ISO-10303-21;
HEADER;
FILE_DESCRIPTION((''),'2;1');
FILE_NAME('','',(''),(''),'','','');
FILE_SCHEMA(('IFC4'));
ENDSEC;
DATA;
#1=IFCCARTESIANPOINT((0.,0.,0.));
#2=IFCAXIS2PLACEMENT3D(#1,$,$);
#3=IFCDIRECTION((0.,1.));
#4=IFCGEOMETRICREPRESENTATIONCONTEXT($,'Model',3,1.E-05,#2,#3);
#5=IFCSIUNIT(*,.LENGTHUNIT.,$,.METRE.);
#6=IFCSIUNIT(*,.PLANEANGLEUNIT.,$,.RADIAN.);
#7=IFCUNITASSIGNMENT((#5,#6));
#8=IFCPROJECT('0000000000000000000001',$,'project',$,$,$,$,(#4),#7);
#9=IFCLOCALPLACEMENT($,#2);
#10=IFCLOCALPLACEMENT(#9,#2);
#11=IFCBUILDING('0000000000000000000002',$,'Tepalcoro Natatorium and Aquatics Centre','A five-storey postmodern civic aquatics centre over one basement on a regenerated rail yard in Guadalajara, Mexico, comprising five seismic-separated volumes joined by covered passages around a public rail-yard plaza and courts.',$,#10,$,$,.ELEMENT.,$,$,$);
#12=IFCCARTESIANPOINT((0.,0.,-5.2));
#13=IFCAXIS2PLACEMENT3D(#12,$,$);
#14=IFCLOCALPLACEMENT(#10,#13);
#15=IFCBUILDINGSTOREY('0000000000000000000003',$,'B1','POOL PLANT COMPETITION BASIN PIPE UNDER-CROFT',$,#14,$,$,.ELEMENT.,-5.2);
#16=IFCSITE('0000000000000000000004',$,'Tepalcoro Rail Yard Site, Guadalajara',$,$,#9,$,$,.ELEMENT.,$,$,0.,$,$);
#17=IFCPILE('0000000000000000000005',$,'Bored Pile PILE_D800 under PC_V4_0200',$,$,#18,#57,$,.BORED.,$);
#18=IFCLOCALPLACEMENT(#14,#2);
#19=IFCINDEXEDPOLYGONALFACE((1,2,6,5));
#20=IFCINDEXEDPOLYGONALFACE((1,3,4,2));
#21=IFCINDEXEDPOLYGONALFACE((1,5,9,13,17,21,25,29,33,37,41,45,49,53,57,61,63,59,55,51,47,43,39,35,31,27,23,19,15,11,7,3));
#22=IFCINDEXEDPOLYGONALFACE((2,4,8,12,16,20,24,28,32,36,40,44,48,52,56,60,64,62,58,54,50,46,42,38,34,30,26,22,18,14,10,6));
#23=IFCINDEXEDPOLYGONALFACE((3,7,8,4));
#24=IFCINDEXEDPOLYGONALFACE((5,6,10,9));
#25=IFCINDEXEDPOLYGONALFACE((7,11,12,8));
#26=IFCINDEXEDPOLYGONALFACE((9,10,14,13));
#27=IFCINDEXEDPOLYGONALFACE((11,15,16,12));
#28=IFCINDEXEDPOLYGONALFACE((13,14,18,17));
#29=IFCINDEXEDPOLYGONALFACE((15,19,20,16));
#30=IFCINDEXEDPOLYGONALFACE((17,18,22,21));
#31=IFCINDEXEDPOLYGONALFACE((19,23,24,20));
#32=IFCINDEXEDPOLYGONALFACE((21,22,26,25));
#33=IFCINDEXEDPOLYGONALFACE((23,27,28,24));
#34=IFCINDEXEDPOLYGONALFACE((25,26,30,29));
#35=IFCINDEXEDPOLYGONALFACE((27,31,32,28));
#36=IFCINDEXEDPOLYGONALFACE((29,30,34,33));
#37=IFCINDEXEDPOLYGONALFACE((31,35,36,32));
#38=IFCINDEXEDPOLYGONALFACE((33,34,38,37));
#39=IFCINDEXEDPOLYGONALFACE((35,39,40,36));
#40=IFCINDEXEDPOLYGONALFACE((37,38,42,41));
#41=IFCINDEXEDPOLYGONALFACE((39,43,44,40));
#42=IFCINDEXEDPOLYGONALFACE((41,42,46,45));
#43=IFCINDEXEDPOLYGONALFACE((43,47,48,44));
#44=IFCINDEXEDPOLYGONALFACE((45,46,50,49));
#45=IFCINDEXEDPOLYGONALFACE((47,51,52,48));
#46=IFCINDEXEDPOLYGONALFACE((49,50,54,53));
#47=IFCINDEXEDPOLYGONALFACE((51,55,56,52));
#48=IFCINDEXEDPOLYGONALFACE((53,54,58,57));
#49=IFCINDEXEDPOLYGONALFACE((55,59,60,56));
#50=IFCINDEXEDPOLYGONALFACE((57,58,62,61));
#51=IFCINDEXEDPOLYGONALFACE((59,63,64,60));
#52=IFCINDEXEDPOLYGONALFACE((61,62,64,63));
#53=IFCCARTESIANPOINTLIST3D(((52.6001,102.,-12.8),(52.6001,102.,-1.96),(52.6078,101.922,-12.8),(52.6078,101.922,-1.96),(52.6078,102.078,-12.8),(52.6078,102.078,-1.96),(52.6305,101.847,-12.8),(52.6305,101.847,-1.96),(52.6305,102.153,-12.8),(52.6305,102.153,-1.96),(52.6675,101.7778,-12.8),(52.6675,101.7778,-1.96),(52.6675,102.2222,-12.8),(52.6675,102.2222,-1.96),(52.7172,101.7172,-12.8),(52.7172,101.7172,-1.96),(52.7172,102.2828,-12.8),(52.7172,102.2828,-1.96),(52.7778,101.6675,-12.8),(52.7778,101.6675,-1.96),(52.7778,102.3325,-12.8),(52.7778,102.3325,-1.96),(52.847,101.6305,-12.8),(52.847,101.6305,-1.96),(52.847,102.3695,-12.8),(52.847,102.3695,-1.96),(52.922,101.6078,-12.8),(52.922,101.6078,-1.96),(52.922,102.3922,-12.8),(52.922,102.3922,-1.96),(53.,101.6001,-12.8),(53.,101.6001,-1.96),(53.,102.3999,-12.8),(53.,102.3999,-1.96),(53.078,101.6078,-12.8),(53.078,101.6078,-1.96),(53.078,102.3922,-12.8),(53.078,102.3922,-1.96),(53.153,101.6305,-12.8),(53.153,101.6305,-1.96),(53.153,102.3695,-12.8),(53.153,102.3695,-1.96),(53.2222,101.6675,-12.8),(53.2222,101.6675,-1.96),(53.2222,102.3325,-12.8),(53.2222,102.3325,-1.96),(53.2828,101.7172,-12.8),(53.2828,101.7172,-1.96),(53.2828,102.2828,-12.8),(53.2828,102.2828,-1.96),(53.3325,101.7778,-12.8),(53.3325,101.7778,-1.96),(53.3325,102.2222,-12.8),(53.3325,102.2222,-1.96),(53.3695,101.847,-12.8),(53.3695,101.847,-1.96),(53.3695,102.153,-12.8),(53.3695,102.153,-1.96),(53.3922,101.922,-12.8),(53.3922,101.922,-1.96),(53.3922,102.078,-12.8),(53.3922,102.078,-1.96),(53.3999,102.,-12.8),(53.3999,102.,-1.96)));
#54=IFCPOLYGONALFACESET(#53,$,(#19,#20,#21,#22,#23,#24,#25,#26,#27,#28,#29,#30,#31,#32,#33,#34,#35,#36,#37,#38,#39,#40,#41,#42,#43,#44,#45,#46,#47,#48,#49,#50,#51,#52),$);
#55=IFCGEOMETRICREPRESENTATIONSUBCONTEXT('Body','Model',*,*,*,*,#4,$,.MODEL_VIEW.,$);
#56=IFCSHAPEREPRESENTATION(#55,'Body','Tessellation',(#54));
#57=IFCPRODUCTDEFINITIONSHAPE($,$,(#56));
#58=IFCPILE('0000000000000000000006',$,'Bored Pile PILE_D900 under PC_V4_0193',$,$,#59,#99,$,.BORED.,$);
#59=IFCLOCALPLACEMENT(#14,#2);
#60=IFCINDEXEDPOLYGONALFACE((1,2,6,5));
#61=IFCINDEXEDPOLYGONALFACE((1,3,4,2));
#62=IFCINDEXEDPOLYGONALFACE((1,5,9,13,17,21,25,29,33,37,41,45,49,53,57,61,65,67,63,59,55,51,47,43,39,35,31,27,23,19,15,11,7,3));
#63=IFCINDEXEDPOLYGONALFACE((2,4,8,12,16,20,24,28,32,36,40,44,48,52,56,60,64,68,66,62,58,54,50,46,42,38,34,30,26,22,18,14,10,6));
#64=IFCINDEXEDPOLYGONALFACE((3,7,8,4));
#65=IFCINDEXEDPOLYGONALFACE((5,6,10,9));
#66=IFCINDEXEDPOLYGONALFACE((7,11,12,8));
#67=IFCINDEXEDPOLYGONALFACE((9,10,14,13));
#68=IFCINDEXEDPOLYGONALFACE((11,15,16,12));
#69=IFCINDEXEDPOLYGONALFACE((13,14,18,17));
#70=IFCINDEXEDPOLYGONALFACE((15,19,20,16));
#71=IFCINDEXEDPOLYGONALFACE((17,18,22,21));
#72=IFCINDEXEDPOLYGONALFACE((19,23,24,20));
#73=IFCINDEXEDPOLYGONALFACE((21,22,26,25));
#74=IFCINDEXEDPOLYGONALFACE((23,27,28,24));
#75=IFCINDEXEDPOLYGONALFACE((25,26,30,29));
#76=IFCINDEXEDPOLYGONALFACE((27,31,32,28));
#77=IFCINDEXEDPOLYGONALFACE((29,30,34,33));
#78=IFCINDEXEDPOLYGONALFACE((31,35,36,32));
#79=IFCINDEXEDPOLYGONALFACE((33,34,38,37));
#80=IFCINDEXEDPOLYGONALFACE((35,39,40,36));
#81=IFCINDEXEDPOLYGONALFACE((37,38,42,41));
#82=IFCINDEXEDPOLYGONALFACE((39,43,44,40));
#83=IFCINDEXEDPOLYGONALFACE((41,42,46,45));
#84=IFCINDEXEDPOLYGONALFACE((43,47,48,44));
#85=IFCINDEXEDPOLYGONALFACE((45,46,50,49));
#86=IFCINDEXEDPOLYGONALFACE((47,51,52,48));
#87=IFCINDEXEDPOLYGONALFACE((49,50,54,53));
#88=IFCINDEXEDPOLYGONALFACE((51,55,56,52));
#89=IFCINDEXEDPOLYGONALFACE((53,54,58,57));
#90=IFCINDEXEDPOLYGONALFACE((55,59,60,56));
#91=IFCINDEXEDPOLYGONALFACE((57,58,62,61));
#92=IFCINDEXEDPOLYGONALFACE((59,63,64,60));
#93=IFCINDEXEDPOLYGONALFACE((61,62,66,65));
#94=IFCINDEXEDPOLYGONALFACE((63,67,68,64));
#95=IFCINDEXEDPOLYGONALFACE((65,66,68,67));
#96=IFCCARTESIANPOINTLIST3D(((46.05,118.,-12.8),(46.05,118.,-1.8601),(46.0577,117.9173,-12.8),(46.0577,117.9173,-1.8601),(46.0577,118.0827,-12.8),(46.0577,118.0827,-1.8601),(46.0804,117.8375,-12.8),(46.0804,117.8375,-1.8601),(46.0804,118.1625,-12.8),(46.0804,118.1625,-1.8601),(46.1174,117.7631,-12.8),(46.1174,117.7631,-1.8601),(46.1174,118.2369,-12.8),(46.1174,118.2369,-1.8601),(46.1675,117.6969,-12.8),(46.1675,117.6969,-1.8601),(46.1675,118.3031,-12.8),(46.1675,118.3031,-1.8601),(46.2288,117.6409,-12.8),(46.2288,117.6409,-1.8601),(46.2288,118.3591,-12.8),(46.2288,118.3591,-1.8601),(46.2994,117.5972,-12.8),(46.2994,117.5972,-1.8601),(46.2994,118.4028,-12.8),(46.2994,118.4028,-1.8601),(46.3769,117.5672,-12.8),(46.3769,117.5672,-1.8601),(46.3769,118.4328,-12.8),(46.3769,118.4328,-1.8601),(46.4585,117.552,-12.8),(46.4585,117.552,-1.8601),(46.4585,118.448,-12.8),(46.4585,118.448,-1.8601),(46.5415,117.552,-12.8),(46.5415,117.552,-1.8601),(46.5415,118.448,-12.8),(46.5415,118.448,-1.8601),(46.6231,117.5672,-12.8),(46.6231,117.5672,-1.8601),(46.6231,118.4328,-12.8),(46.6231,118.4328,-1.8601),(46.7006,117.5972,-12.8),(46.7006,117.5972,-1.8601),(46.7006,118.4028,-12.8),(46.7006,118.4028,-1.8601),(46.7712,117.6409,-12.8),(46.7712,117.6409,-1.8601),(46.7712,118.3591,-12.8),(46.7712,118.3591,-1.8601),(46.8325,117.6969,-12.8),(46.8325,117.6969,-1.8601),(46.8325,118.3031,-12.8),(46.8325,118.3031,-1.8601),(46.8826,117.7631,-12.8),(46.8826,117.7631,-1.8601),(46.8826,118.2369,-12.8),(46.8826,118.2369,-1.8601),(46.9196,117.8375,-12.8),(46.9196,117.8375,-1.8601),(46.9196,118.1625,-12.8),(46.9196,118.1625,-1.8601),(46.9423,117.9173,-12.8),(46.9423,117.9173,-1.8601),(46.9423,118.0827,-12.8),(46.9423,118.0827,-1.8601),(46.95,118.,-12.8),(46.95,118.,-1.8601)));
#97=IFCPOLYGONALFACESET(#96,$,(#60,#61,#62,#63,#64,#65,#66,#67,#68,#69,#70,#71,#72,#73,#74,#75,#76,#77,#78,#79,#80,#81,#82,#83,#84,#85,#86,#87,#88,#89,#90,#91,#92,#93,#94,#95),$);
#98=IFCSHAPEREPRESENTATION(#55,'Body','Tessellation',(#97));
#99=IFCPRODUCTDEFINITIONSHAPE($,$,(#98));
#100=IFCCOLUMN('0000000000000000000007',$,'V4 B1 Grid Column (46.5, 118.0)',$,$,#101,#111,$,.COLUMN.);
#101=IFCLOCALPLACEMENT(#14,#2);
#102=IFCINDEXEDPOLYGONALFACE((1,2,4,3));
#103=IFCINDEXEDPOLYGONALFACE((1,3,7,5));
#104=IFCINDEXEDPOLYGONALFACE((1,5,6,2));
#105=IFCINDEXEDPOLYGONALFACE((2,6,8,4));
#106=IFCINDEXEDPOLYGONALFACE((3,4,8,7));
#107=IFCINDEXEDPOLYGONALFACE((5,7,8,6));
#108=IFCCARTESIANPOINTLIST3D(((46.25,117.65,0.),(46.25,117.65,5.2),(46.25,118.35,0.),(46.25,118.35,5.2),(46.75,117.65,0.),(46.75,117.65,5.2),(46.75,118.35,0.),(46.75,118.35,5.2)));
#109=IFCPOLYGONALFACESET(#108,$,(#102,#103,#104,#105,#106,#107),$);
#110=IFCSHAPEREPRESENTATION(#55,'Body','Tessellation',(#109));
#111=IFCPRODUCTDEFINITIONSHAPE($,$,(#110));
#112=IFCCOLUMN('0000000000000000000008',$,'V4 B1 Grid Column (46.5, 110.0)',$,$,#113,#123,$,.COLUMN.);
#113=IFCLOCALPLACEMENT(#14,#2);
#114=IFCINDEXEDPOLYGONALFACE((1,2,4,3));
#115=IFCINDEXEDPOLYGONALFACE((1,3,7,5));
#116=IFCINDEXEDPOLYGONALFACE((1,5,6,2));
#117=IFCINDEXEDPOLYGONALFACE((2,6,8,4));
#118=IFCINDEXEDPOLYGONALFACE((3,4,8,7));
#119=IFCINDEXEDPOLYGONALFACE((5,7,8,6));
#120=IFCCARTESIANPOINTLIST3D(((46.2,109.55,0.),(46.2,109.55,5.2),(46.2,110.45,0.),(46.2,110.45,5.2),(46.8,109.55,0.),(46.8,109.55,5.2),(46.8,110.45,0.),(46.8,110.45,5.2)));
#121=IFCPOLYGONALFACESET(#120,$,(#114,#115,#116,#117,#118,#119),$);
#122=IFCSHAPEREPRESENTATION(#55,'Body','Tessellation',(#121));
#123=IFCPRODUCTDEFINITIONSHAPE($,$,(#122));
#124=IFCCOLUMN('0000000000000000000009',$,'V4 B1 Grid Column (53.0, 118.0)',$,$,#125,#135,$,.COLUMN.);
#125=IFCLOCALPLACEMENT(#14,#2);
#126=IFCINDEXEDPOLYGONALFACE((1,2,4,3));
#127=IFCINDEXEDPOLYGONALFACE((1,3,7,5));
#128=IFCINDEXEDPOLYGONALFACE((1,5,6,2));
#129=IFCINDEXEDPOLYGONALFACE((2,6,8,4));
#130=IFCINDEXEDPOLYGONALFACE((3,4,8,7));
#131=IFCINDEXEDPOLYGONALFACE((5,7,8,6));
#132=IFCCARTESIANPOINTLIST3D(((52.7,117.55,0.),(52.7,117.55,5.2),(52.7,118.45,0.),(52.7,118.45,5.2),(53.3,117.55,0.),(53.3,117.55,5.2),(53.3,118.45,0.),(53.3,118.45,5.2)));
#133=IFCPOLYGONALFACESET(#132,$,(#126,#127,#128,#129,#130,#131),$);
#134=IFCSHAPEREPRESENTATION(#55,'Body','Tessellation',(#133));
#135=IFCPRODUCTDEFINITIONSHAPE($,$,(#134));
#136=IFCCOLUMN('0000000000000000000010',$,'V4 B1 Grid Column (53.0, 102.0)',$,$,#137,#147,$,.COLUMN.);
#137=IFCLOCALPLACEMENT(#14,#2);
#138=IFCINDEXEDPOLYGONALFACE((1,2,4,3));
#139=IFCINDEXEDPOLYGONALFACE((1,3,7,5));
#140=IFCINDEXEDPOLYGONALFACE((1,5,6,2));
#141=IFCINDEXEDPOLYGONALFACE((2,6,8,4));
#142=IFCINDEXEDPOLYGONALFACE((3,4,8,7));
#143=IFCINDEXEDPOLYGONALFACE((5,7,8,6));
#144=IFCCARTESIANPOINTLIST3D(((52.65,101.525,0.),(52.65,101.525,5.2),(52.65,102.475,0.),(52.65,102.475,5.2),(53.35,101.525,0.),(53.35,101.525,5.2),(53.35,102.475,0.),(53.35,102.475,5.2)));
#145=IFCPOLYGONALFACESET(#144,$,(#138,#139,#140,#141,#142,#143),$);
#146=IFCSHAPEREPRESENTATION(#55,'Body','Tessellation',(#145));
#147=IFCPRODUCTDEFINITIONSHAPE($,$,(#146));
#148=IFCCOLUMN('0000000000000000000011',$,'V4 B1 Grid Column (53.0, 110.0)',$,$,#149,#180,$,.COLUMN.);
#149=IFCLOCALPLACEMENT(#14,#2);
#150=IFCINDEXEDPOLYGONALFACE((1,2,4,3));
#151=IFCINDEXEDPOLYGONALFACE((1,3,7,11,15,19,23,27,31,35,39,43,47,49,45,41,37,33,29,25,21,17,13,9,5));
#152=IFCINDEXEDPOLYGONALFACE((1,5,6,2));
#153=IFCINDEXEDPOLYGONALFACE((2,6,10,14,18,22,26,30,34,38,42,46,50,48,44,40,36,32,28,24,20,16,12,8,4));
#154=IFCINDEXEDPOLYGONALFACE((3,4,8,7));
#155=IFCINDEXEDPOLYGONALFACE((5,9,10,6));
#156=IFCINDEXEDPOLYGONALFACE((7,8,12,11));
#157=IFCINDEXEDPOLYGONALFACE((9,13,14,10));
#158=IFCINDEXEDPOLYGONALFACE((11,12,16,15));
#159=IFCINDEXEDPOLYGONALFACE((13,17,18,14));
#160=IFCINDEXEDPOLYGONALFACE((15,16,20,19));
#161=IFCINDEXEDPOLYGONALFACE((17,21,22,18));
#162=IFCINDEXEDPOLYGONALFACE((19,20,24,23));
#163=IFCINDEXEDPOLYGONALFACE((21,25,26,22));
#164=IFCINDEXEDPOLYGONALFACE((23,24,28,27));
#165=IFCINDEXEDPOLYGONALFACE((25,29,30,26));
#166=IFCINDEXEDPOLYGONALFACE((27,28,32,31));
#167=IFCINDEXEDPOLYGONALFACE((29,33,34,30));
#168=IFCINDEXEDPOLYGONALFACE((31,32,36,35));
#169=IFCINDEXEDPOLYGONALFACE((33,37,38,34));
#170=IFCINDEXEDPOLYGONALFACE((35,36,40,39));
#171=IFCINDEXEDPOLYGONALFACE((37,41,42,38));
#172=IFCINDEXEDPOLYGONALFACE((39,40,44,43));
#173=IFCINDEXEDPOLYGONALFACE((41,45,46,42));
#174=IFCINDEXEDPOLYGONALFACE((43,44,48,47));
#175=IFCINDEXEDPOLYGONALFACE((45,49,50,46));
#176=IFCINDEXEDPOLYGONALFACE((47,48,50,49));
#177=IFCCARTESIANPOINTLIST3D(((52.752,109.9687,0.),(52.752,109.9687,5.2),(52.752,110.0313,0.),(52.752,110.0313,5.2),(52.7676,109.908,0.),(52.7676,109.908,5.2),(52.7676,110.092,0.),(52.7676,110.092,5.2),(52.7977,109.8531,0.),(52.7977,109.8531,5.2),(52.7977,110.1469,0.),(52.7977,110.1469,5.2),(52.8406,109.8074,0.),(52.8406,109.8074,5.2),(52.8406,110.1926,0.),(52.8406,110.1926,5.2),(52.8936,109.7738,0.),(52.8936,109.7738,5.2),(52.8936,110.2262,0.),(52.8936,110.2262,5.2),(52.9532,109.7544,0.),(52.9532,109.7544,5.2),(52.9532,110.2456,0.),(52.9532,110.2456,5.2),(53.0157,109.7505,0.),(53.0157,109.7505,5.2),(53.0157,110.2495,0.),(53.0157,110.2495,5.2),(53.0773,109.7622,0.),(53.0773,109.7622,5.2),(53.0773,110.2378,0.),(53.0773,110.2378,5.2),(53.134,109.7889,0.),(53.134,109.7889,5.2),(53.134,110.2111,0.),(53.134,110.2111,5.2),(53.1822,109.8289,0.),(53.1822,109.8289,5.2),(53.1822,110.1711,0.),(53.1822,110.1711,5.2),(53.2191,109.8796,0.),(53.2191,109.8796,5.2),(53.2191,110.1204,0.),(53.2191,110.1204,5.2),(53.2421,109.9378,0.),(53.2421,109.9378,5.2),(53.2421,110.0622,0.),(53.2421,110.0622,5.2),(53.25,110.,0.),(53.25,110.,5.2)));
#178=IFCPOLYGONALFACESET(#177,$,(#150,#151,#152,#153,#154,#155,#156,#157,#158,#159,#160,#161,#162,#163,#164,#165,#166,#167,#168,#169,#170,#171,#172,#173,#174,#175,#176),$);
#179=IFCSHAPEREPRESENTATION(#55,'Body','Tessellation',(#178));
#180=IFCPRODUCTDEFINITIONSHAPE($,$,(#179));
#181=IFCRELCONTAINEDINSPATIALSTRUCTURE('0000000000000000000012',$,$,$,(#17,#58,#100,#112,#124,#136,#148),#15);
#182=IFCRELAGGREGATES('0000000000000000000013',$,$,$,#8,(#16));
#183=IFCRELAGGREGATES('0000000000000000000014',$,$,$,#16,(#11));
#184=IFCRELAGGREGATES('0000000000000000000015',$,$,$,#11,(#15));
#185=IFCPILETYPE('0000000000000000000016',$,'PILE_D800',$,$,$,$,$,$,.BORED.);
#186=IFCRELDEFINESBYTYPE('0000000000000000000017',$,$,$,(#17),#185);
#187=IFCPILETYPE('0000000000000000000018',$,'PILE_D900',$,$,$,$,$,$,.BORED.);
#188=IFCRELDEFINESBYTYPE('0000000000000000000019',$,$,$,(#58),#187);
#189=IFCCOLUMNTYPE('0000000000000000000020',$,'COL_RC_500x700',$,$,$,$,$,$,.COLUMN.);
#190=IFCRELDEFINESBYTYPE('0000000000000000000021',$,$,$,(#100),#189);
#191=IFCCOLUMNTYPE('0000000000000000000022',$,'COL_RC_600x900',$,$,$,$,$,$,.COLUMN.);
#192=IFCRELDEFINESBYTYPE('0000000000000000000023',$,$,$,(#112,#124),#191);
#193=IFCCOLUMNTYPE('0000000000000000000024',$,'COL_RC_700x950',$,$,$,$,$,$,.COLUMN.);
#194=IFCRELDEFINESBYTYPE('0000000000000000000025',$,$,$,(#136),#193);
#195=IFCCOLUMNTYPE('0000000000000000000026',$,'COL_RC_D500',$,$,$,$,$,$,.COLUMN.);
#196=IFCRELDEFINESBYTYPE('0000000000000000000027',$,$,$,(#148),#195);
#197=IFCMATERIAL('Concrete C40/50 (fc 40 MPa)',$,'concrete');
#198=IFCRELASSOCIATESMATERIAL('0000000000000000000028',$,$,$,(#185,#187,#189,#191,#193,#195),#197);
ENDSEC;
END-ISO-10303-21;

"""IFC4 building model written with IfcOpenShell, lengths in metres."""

from ifc_helpers import new_model, si_unit, direction, frame, origin, origin_2d, place, context, subcontext, project, spatial, rectangle, circle, extrude, material, material_profile, profile_set, type_object, element, save


model = new_model("IFC4")

# Units and contexts
model_context = context("Model", 3, precision=1e-05, world=origin(), true_north=direction((0.0, 1.0)))
body_context = subcontext(model_context, "Body", "Model", "MODEL_VIEW")
ifc_project = project(units=[si_unit("LENGTHUNIT", "METRE"), si_unit("PLANEANGLEUNIT", "RADIAN")], contexts=[model_context])

# Site, building, storey
site_placement = place(None, origin())
site = spatial("IfcSite", under=ifc_project, at=site_placement, Name="Tepalcoro Rail Yard Site, Guadalajara", CompositionType="ELEMENT", RefElevation=0.0)
building_placement = place(site_placement, origin())
building = spatial("IfcBuilding", under=site, at=building_placement, Name="Tepalcoro Natatorium and Aquatics Centre", Description="A five-storey postmodern civic aquatics centre over one basement on a regenerated rail yard in Guadalajara, Mexico, comprising five seismic-separated volumes joined by covered passages around a public rail-yard plaza and courts.", CompositionType="ELEMENT")
storey_placement = place(building_placement, frame((0.0, 0.0, -5.2)))
storey = spatial("IfcBuildingStorey", under=building, at=storey_placement, Name="B1", Description="POOL PLANT COMPETITION BASIN PIPE UNDER-CROFT", CompositionType="ELEMENT", Elevation=-5.2)

# Piles
ifc_material_1 = material(Name="Concrete C40/50 (fc 40 MPa)", Category="concrete")
ifc_material_profile_1 = material_profile(ifc_material_1, circle(Radius=0.3999, at=origin_2d()), Name="PILE_D800")
ifc_profile_set_1 = profile_set([ifc_material_profile_1], Name="Concrete C40/50 (fc 40 MPa)")
pile_type_1 = type_object("IfcPileType", Name="PILE_D800", PredefinedType="BORED", material=ifc_profile_set_1)
pile_1_placement = place(storey_placement, frame((53.0, 102.0, -1.96), z_axis=(0.0, 0.0, -1.0), x_axis=(1.0, 0.0, 0.0)))
element("IfcPile", 1, at=pile_1_placement, inside=storey, type_object=pile_type_1, Name="Bored Pile PILE_D800 under PC_V4_0200", PredefinedType="BORED", context=body_context, shape_type="SweptSolid", body=[
    extrude(circle(Radius=0.3999, at=origin_2d()), origin(), (0.0, 0.0, 1.0), 10.8401),
])
ifc_material_profile_2 = material_profile(ifc_material_1, circle(Radius=0.45, at=origin_2d()), Name="PILE_D900")
ifc_profile_set_2 = profile_set([ifc_material_profile_2], Name="Concrete C40/50 (fc 40 MPa)")
pile_type_2 = type_object("IfcPileType", Name="PILE_D900", PredefinedType="BORED", material=ifc_profile_set_2)
pile_2_placement = place(storey_placement, frame((46.5, 118.0, -1.8601), z_axis=(0.0, 0.0, -1.0), x_axis=(1.0, 0.0, 0.0)))
element("IfcPile", 2, at=pile_2_placement, inside=storey, type_object=pile_type_2, Name="Bored Pile PILE_D900 under PC_V4_0193", PredefinedType="BORED", context=body_context, shape_type="SweptSolid", body=[
    extrude(circle(Radius=0.45, at=origin_2d()), origin(), (0.0, 0.0, 1.0), 10.9399),
])

# Columns
ifc_material_profile_3 = material_profile(ifc_material_1, rectangle(XDim=0.5, YDim=0.7, at=origin_2d()), Name="RC500x700")
ifc_profile_set_3 = profile_set([ifc_material_profile_3], Name="Concrete C40/50 (fc 40 MPa)")
column_type_1 = type_object("IfcColumnType", Name="COL_RC_500x700", PredefinedType="COLUMN", material=ifc_profile_set_3)
column_1_placement = place(storey_placement, frame((46.5, 118.0, 0.0), z_axis=(0.0, 0.0, 1.0), x_axis=(1.0, 0.0, 0.0)))
element("IfcColumn", 3, at=column_1_placement, inside=storey, type_object=column_type_1, Name="V4 B1 Grid Column (46.5, 118.0)", PredefinedType="COLUMN", context=body_context, shape_type="SweptSolid", body=[
    extrude(rectangle(XDim=0.5, YDim=0.7, at=origin_2d()), origin(), (0.0, 0.0, 1.0), 5.2),
])
ifc_material_profile_4 = material_profile(ifc_material_1, rectangle(XDim=0.6001, YDim=0.8999, at=origin_2d()), Name="RC600x900")
ifc_profile_set_4 = profile_set([ifc_material_profile_4], Name="Concrete C40/50 (fc 40 MPa)")
column_type_2 = type_object("IfcColumnType", Name="COL_RC_600x900", PredefinedType="COLUMN", material=ifc_profile_set_4)
for number, where, z_axis, x_axis, name in (
    (4, (46.5, 110.0, 0.0), (0.0, 0.0, 1.0), (1.0, 0.0, 0.0), "V4 B1 Grid Column (46.5, 110.0)"),
    (5, (53.0, 118.0, 0.0), (0.0, 0.0, 1.0), (1.0, 0.0, 0.0), "V4 B1 Grid Column (53.0, 118.0)"),
):
    element("IfcColumn", number, at=place(storey_placement, frame(where, z_axis=z_axis, x_axis=x_axis)), inside=storey, type_object=column_type_2, Name=name, PredefinedType="COLUMN", context=body_context, shape_type="SweptSolid", body=[
        extrude(rectangle(XDim=0.6001, YDim=0.8999, at=origin_2d()), origin(), (0.0, 0.0, 1.0), 5.2),
    ])
ifc_material_profile_5 = material_profile(ifc_material_1, rectangle(XDim=0.7, YDim=0.95, at=origin_2d()), Name="RC700x950")
ifc_profile_set_5 = profile_set([ifc_material_profile_5], Name="Concrete C40/50 (fc 40 MPa)")
column_type_3 = type_object("IfcColumnType", Name="COL_RC_700x950", PredefinedType="COLUMN", material=ifc_profile_set_5)
column_2_placement = place(storey_placement, frame((53.0, 102.0, 0.0), z_axis=(0.0, 0.0, 1.0), x_axis=(1.0, 0.0, 0.0)))
element("IfcColumn", 6, at=column_2_placement, inside=storey, type_object=column_type_3, Name="V4 B1 Grid Column (53.0, 102.0)", PredefinedType="COLUMN", context=body_context, shape_type="SweptSolid", body=[
    extrude(rectangle(XDim=0.7, YDim=0.95, at=origin_2d()), origin(), (0.0, 0.0, 1.0), 5.2),
])
ifc_material_profile_6 = material_profile(ifc_material_1, circle(Radius=0.25, at=origin_2d()), Name="RCD500")
ifc_profile_set_6 = profile_set([ifc_material_profile_6], Name="Concrete C40/50 (fc 40 MPa)")
column_type_4 = type_object("IfcColumnType", Name="COL_RC_D500", PredefinedType="COLUMN", material=ifc_profile_set_6)
column_3_placement = place(storey_placement, frame((53.0, 110.0, 0.0), z_axis=(0.0, 0.0, 1.0), x_axis=(1.0, 0.0, 0.0)))
element("IfcColumn", 7, at=column_3_placement, inside=storey, type_object=column_type_4, Name="V4 B1 Grid Column (53.0, 110.0)", PredefinedType="COLUMN", context=body_context, shape_type="SweptSolid", body=[
    extrude(circle(Radius=0.25, at=origin_2d()), origin(), (0.0, 0.0, 1.0), 5.2),
])

save(model, "model.ifc")
